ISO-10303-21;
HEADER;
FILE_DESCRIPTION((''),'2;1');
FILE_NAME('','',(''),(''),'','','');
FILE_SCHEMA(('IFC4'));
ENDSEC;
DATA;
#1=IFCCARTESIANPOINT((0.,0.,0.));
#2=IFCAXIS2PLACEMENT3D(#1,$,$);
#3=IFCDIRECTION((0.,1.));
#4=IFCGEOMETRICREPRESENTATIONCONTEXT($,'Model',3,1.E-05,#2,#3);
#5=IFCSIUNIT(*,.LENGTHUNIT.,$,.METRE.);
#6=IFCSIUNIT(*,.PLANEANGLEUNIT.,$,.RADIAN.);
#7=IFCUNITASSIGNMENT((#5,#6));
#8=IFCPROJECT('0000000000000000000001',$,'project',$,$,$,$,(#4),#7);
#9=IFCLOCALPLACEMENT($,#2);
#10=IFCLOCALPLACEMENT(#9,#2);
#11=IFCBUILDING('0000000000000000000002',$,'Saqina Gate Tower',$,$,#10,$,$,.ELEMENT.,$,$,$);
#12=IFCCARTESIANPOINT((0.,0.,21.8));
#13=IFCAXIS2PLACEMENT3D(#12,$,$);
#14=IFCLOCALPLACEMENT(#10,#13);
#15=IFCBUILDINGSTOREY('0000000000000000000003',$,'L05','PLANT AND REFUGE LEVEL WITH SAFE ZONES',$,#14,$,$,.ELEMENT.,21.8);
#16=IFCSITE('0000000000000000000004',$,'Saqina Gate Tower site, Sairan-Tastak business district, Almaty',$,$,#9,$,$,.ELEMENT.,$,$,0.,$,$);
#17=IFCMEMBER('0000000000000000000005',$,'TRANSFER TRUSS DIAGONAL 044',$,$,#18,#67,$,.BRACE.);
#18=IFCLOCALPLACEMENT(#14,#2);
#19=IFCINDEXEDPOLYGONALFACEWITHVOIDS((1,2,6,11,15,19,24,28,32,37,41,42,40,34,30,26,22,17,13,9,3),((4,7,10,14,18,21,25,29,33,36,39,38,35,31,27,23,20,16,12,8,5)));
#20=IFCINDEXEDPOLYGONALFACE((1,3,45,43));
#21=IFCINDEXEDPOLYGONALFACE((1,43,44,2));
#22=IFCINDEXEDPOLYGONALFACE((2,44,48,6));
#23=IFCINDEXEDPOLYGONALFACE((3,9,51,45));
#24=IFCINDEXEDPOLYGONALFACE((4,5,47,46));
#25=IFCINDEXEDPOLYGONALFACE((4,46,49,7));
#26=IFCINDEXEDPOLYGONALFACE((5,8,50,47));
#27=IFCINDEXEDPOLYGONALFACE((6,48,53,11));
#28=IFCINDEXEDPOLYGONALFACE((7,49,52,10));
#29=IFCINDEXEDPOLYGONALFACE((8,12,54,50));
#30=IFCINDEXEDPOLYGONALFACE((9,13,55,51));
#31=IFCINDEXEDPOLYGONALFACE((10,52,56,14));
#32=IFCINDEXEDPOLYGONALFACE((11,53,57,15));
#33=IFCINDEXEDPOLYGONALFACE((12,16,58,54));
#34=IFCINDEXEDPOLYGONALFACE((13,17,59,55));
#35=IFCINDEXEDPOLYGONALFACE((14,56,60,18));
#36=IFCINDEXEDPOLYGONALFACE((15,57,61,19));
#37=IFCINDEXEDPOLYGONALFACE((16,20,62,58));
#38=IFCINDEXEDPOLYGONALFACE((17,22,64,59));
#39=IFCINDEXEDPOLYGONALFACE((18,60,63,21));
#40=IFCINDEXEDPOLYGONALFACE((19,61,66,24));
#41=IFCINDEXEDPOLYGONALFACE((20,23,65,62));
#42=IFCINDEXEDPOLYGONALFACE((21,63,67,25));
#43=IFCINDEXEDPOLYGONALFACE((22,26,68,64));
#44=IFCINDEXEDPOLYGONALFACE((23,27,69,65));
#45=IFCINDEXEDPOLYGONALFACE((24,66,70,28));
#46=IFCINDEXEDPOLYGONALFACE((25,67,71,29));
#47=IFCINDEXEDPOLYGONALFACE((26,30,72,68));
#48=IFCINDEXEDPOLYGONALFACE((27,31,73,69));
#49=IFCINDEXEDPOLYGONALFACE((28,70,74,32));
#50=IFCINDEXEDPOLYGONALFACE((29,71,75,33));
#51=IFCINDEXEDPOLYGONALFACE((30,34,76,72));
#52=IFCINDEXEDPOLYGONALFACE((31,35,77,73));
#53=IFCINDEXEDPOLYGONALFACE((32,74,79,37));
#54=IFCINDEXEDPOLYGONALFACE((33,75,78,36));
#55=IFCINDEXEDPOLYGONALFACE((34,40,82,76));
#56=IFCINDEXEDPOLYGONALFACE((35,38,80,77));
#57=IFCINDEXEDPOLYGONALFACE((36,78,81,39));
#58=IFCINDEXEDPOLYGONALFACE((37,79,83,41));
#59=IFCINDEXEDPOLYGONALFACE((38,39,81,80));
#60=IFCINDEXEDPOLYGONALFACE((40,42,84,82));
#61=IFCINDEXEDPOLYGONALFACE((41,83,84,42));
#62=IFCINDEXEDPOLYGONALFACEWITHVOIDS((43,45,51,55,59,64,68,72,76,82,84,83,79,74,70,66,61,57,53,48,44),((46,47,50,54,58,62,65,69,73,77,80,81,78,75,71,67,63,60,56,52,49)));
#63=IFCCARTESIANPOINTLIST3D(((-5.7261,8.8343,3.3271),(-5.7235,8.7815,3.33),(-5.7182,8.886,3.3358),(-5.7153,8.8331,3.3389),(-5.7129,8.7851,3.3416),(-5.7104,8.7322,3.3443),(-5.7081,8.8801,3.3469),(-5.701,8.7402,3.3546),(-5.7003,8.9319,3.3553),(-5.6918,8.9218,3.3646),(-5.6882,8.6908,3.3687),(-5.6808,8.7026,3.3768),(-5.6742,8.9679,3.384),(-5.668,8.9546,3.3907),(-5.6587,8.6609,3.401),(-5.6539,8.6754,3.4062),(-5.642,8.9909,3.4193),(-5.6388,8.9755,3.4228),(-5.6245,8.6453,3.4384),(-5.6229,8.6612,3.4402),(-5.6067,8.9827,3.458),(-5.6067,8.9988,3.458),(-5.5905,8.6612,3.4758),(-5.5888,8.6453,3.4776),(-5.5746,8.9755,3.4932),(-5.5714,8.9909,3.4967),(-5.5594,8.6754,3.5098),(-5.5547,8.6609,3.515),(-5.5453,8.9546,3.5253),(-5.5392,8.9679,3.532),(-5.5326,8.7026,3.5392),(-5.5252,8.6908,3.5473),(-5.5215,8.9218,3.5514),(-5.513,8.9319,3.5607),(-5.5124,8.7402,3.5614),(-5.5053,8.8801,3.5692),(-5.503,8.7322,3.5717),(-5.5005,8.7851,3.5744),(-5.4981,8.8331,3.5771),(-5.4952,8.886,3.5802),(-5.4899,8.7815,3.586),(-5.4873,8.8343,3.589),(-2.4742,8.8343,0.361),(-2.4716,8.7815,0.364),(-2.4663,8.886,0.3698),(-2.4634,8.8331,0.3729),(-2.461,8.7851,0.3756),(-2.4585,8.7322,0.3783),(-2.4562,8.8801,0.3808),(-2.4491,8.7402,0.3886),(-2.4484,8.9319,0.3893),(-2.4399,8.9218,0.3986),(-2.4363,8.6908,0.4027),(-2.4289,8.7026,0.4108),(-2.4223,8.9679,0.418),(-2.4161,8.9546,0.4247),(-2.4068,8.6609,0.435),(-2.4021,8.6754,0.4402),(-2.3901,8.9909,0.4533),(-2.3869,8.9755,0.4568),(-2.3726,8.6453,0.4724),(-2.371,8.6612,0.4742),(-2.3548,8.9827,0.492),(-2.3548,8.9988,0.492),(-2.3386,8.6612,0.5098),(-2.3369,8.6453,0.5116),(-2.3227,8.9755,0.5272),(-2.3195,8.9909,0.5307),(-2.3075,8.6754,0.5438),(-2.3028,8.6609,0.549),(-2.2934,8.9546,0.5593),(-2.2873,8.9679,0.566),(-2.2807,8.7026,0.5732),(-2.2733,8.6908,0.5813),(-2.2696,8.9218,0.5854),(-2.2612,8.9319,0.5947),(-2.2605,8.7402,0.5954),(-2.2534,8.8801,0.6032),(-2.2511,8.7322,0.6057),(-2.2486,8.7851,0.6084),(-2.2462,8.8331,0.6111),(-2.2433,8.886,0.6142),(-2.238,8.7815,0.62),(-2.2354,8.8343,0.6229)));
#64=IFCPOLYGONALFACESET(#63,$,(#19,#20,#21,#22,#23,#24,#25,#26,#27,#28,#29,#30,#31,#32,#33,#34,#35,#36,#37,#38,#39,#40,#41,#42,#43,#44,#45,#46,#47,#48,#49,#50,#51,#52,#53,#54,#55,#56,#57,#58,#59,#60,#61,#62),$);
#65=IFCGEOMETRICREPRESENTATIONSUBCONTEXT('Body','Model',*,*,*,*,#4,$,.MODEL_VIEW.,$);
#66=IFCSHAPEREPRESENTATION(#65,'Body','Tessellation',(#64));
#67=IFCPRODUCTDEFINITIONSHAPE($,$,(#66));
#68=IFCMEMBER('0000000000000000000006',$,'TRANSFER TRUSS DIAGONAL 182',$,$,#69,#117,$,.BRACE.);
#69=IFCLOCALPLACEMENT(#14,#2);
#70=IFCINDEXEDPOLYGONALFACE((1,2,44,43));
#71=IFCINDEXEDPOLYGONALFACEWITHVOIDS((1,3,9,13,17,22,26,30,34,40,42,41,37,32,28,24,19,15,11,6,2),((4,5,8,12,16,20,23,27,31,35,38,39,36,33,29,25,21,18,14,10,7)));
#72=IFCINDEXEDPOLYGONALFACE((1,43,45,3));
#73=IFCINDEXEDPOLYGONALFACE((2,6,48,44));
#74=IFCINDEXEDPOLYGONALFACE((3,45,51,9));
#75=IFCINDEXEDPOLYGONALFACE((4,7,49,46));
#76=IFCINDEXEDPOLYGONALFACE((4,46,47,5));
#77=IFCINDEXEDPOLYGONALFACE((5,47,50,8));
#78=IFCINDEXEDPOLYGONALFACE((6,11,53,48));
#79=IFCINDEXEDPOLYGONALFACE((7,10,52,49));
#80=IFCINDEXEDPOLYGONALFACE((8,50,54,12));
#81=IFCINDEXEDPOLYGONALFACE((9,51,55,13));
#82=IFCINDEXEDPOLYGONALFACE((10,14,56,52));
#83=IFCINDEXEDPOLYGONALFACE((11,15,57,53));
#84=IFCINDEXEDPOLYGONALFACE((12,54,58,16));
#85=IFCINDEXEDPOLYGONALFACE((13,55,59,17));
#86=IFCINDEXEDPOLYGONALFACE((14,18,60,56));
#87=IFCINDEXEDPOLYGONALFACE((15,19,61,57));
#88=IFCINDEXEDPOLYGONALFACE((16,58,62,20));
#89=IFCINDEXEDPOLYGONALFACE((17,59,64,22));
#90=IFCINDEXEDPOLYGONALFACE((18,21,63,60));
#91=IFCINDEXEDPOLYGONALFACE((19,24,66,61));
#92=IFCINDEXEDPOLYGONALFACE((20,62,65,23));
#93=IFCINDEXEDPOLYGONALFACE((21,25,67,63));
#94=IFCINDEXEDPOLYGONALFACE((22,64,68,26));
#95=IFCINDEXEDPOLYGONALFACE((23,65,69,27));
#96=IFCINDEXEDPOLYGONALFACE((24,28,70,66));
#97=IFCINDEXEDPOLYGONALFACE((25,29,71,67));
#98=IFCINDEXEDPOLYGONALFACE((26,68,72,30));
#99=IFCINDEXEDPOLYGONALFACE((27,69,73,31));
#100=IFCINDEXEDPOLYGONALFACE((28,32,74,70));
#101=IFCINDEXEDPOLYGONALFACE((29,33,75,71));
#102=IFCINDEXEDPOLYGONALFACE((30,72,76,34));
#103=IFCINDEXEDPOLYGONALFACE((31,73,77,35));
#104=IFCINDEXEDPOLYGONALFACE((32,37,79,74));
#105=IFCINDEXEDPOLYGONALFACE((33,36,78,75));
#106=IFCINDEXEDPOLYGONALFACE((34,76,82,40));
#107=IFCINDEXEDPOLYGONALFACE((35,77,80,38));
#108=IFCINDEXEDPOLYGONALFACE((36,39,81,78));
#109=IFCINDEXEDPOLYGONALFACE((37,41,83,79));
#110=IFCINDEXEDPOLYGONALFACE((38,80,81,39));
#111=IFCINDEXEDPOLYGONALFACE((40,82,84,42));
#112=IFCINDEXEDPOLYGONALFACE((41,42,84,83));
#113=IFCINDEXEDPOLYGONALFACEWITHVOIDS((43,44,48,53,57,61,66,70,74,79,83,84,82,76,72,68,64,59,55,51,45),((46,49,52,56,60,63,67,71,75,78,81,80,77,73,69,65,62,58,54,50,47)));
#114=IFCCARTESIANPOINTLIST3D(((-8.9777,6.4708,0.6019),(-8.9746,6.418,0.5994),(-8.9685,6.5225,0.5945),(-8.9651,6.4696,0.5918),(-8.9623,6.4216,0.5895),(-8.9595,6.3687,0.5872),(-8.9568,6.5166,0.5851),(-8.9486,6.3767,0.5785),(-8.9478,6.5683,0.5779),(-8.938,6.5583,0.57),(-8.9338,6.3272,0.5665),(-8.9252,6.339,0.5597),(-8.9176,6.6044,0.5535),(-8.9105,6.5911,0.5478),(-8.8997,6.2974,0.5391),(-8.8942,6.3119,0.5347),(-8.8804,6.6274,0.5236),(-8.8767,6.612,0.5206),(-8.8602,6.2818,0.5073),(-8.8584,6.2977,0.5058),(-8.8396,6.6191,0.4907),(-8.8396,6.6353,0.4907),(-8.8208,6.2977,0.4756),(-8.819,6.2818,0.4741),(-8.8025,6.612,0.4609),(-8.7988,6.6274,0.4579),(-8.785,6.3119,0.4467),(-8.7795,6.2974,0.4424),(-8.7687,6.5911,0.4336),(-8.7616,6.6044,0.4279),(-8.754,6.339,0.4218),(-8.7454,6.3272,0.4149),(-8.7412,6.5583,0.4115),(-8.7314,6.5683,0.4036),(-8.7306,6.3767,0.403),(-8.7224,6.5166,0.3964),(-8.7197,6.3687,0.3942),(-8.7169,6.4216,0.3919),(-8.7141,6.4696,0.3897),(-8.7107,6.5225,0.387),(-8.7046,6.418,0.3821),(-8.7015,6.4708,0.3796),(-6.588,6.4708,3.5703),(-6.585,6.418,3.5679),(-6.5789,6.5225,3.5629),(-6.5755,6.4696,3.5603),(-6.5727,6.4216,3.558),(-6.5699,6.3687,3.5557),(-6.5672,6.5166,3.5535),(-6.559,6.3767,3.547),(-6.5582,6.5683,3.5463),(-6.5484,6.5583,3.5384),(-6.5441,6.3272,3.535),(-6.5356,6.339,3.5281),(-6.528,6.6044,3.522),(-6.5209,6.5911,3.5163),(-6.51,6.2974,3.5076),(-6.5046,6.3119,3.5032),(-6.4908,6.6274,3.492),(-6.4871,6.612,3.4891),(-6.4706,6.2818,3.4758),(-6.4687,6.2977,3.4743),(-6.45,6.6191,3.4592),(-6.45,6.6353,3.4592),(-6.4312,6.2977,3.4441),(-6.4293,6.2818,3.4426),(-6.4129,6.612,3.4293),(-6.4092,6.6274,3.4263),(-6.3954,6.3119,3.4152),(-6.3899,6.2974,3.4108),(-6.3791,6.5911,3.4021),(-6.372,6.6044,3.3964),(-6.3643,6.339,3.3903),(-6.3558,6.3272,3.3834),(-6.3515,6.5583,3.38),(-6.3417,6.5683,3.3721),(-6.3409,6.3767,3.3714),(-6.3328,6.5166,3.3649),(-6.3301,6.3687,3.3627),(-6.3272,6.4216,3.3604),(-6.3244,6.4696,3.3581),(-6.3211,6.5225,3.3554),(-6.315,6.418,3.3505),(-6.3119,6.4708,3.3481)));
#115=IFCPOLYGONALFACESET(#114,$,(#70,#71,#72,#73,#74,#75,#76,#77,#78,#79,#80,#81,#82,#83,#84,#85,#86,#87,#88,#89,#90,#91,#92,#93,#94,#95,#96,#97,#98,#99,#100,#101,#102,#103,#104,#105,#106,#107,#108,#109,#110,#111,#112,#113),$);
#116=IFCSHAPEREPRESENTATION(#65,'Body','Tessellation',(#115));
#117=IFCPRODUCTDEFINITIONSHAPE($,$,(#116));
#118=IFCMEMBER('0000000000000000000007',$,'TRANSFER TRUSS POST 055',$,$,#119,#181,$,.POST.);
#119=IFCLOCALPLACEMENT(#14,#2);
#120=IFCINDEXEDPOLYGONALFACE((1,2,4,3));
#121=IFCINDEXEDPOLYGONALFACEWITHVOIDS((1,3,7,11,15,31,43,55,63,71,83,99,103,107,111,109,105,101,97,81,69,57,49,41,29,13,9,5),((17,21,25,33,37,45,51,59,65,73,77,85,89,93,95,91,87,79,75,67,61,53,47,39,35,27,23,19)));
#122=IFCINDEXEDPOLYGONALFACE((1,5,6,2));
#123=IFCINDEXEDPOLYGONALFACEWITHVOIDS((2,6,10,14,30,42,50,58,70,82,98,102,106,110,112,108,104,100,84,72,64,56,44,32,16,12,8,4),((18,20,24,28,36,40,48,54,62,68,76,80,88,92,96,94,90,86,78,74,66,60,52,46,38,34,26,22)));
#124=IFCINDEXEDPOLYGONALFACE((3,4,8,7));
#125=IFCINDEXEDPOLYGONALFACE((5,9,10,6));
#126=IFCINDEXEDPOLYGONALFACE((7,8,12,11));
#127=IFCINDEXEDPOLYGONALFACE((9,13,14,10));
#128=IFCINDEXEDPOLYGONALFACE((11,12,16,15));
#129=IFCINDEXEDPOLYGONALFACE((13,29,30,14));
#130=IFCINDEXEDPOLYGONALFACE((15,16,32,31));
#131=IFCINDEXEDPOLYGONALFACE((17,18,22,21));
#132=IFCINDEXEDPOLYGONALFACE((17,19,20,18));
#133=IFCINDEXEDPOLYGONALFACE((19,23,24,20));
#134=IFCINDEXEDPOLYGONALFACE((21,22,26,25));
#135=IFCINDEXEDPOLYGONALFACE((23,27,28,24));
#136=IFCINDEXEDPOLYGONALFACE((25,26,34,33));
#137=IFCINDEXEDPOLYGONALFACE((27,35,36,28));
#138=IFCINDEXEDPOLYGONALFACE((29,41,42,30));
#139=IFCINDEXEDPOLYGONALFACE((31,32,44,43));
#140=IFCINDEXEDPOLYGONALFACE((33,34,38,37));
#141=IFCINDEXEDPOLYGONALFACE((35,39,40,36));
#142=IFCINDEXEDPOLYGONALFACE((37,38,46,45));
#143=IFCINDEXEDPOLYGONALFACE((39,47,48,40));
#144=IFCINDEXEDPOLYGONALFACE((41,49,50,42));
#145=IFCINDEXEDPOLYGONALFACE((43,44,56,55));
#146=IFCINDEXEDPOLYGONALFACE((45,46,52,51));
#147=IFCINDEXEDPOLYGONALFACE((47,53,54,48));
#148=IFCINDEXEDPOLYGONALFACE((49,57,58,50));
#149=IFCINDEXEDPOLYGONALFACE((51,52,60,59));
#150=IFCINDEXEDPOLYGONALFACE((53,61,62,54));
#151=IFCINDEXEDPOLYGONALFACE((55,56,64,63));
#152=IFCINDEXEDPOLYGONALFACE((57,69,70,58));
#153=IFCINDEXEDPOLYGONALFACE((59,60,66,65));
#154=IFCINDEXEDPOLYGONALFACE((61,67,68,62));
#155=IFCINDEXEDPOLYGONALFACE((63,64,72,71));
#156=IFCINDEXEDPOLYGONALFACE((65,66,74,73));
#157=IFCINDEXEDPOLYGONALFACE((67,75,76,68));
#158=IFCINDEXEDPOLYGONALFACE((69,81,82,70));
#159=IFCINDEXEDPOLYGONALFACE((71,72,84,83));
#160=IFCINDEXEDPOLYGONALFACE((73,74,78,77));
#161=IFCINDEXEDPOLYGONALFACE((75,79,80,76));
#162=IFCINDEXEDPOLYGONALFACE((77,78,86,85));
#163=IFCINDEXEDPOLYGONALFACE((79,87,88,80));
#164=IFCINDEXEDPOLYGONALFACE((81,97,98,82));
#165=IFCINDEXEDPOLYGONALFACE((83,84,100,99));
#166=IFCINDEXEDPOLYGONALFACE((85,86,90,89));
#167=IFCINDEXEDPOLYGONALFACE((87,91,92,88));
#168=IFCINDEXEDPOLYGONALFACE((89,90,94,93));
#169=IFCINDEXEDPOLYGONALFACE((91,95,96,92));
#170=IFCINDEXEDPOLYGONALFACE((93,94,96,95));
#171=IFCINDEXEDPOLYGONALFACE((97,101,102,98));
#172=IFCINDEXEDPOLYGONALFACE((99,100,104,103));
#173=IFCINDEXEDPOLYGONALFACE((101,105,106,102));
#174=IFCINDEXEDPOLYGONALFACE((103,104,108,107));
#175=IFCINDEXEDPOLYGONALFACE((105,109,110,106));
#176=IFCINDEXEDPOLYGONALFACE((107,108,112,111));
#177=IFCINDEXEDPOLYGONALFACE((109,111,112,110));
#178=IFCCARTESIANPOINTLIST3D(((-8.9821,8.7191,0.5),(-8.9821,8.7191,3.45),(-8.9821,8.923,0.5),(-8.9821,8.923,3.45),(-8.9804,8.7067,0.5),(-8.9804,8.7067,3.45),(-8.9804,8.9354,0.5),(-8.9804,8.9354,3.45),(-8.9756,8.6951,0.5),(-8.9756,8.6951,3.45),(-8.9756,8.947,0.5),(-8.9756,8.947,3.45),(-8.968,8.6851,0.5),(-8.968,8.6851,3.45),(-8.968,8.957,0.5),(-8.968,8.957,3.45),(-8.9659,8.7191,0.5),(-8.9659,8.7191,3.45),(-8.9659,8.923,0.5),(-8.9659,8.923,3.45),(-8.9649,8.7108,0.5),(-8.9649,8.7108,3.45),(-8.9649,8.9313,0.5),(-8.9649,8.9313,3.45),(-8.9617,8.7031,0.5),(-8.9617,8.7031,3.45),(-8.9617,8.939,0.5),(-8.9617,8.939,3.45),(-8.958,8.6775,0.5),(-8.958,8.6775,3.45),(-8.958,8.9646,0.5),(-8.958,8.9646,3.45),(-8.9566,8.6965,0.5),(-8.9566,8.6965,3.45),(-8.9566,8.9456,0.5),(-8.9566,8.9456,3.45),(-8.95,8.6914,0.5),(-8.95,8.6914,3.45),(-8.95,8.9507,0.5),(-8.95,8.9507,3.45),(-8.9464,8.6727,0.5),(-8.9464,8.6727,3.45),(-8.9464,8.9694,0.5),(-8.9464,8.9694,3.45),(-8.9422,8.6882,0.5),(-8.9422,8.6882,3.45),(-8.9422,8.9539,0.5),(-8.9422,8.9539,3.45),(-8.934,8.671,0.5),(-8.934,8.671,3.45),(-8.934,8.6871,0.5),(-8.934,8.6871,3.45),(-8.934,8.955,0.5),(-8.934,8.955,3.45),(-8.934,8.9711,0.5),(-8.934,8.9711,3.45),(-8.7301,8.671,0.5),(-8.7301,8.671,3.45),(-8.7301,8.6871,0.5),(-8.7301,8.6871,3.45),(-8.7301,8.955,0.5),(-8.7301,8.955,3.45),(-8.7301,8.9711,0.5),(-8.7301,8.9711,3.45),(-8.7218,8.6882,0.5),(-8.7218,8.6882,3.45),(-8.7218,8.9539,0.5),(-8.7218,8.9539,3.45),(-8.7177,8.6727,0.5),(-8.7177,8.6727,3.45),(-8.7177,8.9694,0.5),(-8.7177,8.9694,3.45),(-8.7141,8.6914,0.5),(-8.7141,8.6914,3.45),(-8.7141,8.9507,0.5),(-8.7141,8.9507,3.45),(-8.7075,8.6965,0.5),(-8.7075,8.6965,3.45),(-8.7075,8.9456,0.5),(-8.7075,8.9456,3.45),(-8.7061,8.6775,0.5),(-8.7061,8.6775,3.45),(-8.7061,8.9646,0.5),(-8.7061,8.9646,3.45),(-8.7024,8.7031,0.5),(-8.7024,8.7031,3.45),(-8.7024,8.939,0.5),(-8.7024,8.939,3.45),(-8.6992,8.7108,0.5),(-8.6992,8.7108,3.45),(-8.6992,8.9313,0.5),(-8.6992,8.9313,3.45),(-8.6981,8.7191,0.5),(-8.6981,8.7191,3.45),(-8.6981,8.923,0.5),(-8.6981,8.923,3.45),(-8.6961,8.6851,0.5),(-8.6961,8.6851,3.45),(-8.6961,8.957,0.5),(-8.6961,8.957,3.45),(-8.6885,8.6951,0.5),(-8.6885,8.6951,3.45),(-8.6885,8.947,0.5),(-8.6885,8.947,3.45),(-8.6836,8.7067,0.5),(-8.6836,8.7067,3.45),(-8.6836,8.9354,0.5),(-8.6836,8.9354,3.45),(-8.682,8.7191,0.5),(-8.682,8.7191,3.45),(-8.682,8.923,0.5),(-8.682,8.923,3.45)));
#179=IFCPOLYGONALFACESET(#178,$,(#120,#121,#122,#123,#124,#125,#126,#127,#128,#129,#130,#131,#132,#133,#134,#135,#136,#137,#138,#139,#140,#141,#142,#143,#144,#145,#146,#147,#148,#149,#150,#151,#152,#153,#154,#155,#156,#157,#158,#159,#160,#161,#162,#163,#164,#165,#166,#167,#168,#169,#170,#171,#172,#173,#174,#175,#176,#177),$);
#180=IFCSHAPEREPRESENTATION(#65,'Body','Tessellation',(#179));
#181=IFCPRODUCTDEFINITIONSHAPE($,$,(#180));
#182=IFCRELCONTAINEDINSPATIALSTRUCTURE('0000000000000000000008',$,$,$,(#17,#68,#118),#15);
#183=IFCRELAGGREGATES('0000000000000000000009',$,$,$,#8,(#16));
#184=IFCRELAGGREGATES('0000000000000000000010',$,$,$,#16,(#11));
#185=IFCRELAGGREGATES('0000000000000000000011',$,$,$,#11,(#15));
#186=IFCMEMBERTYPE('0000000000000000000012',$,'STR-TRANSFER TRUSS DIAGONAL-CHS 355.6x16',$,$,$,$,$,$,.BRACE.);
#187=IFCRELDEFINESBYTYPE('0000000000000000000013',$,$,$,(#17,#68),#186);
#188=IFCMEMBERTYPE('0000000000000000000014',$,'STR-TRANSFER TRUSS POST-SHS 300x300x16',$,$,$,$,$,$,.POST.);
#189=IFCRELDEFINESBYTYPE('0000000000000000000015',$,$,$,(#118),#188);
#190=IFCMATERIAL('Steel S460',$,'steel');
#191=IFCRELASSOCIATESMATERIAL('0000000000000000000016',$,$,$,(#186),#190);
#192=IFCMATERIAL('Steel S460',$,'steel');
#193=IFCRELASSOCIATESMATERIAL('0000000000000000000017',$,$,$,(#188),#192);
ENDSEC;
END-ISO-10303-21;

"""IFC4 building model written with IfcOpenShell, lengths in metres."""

from ifc_helpers import new_model, si_unit, direction, frame, origin, origin_2d, place, context, subcontext, project, spatial, hollow_rectangle, hollow_circle, extrude, material, material_profile, profile_set, type_object, element, save


model = new_model("IFC4")

# Units and contexts
model_context = context("Model", 3, precision=1e-05, world=origin(), true_north=direction((0.0, 1.0)))
body_context = subcontext(model_context, "Body", "Model", "MODEL_VIEW")
ifc_project = project(units=[si_unit("LENGTHUNIT", "METRE"), si_unit("PLANEANGLEUNIT", "RADIAN")], contexts=[model_context])

# Site, building, storey
site_placement = place(None, origin())
site = spatial("IfcSite", under=ifc_project, at=site_placement, Name="Saqina Gate Tower site, Sairan-Tastak business district, Almaty", CompositionType="ELEMENT", RefElevation=0.0)
building_placement = place(site_placement, origin())
building = spatial("IfcBuilding", under=site, at=building_placement, Name="Saqina Gate Tower", CompositionType="ELEMENT")
storey_placement = place(building_placement, frame((0.0, 0.0, 21.8)))
storey = spatial("IfcBuildingStorey", under=building, at=storey_placement, Name="L05", Description="PLANT AND REFUGE LEVEL WITH SAFE ZONES", CompositionType="ELEMENT", Elevation=21.8)

# Members
ifc_material_1 = material(Name="Steel S460", Category="steel")
ifc_material_profile_1 = material_profile(ifc_material_1, hollow_circle(Radius=0.1777, WallThickness=0.0161, at=origin_2d()), Name="CHS 355.6x16")
ifc_profile_set_1 = profile_set([ifc_material_profile_1], Name="Steel S460")
member_type_1 = type_object("IfcMemberType", Name="STR-TRANSFER TRUSS DIAGONAL-CHS 355.6x16", PredefinedType="BRACE", material=ifc_profile_set_1)
member_1_placement = place(storey_placement, frame((-5.6067, 8.821, 3.458), z_axis=(0.738837, 0.0, -0.673884), x_axis=(0.0, 1.0, 0.0)))
element("IfcMember", 1, at=member_1_placement, inside=storey, type_object=member_type_1, Name="TRANSFER TRUSS DIAGONAL 044", PredefinedType="BRACE", context=body_context, shape_type="SweptSolid", body=[
    extrude(hollow_circle(Radius=0.1777, WallThickness=0.0161, at=origin_2d()), origin(), (0.0, 0.0, 1.0), 4.4014),
])
member_2_placement = place(storey_placement, frame((-8.8396, 6.4575, 0.4907), z_axis=(0.627067, 0.0, 0.778965), x_axis=(0.0, 1.0, 0.0)))
element("IfcMember", 2, at=member_2_placement, inside=storey, type_object=member_type_1, Name="TRANSFER TRUSS DIAGONAL 182", PredefinedType="BRACE", context=body_context, shape_type="SweptSolid", body=[
    extrude(hollow_circle(Radius=0.1777, WallThickness=0.0161, at=origin_2d()), origin(), (0.0, 0.0, 1.0), 3.8108),
])
ifc_material_2 = material(Name="Steel S460", Category="steel")
ifc_material_profile_2 = material_profile(ifc_material_2, hollow_rectangle(XDim=0.3, YDim=0.3, WallThickness=0.0161, InnerFilletRadius=0.032, OuterFilletRadius=0.0481, at=origin_2d()), Name="SHS 300x300x16")
ifc_profile_set_2 = profile_set([ifc_material_profile_2], Name="Steel S460")
member_type_2 = type_object("IfcMemberType", Name="STR-TRANSFER TRUSS POST-SHS 300x300x16", PredefinedType="POST", material=ifc_profile_set_2)
for number, where, z_axis, x_axis, name in (
    (3, (-8.832, 8.821, 0.5), (0.0, 0.0, 1.0), (1.0, 0.0, 0.0), "TRANSFER TRUSS POST 055"),
):
    element("IfcMember", number, at=place(storey_placement, frame(where, z_axis=z_axis, x_axis=x_axis)), inside=storey, type_object=member_type_2, Name=name, PredefinedType="POST", context=body_context, shape_type="SweptSolid", body=[
        extrude(hollow_rectangle(XDim=0.3, YDim=0.3, WallThickness=0.0161, InnerFilletRadius=0.032, OuterFilletRadius=0.0481, at=origin_2d()), origin(), (0.0, 0.0, 1.0), 2.95),
    ])

save(model, "model.ifc")
